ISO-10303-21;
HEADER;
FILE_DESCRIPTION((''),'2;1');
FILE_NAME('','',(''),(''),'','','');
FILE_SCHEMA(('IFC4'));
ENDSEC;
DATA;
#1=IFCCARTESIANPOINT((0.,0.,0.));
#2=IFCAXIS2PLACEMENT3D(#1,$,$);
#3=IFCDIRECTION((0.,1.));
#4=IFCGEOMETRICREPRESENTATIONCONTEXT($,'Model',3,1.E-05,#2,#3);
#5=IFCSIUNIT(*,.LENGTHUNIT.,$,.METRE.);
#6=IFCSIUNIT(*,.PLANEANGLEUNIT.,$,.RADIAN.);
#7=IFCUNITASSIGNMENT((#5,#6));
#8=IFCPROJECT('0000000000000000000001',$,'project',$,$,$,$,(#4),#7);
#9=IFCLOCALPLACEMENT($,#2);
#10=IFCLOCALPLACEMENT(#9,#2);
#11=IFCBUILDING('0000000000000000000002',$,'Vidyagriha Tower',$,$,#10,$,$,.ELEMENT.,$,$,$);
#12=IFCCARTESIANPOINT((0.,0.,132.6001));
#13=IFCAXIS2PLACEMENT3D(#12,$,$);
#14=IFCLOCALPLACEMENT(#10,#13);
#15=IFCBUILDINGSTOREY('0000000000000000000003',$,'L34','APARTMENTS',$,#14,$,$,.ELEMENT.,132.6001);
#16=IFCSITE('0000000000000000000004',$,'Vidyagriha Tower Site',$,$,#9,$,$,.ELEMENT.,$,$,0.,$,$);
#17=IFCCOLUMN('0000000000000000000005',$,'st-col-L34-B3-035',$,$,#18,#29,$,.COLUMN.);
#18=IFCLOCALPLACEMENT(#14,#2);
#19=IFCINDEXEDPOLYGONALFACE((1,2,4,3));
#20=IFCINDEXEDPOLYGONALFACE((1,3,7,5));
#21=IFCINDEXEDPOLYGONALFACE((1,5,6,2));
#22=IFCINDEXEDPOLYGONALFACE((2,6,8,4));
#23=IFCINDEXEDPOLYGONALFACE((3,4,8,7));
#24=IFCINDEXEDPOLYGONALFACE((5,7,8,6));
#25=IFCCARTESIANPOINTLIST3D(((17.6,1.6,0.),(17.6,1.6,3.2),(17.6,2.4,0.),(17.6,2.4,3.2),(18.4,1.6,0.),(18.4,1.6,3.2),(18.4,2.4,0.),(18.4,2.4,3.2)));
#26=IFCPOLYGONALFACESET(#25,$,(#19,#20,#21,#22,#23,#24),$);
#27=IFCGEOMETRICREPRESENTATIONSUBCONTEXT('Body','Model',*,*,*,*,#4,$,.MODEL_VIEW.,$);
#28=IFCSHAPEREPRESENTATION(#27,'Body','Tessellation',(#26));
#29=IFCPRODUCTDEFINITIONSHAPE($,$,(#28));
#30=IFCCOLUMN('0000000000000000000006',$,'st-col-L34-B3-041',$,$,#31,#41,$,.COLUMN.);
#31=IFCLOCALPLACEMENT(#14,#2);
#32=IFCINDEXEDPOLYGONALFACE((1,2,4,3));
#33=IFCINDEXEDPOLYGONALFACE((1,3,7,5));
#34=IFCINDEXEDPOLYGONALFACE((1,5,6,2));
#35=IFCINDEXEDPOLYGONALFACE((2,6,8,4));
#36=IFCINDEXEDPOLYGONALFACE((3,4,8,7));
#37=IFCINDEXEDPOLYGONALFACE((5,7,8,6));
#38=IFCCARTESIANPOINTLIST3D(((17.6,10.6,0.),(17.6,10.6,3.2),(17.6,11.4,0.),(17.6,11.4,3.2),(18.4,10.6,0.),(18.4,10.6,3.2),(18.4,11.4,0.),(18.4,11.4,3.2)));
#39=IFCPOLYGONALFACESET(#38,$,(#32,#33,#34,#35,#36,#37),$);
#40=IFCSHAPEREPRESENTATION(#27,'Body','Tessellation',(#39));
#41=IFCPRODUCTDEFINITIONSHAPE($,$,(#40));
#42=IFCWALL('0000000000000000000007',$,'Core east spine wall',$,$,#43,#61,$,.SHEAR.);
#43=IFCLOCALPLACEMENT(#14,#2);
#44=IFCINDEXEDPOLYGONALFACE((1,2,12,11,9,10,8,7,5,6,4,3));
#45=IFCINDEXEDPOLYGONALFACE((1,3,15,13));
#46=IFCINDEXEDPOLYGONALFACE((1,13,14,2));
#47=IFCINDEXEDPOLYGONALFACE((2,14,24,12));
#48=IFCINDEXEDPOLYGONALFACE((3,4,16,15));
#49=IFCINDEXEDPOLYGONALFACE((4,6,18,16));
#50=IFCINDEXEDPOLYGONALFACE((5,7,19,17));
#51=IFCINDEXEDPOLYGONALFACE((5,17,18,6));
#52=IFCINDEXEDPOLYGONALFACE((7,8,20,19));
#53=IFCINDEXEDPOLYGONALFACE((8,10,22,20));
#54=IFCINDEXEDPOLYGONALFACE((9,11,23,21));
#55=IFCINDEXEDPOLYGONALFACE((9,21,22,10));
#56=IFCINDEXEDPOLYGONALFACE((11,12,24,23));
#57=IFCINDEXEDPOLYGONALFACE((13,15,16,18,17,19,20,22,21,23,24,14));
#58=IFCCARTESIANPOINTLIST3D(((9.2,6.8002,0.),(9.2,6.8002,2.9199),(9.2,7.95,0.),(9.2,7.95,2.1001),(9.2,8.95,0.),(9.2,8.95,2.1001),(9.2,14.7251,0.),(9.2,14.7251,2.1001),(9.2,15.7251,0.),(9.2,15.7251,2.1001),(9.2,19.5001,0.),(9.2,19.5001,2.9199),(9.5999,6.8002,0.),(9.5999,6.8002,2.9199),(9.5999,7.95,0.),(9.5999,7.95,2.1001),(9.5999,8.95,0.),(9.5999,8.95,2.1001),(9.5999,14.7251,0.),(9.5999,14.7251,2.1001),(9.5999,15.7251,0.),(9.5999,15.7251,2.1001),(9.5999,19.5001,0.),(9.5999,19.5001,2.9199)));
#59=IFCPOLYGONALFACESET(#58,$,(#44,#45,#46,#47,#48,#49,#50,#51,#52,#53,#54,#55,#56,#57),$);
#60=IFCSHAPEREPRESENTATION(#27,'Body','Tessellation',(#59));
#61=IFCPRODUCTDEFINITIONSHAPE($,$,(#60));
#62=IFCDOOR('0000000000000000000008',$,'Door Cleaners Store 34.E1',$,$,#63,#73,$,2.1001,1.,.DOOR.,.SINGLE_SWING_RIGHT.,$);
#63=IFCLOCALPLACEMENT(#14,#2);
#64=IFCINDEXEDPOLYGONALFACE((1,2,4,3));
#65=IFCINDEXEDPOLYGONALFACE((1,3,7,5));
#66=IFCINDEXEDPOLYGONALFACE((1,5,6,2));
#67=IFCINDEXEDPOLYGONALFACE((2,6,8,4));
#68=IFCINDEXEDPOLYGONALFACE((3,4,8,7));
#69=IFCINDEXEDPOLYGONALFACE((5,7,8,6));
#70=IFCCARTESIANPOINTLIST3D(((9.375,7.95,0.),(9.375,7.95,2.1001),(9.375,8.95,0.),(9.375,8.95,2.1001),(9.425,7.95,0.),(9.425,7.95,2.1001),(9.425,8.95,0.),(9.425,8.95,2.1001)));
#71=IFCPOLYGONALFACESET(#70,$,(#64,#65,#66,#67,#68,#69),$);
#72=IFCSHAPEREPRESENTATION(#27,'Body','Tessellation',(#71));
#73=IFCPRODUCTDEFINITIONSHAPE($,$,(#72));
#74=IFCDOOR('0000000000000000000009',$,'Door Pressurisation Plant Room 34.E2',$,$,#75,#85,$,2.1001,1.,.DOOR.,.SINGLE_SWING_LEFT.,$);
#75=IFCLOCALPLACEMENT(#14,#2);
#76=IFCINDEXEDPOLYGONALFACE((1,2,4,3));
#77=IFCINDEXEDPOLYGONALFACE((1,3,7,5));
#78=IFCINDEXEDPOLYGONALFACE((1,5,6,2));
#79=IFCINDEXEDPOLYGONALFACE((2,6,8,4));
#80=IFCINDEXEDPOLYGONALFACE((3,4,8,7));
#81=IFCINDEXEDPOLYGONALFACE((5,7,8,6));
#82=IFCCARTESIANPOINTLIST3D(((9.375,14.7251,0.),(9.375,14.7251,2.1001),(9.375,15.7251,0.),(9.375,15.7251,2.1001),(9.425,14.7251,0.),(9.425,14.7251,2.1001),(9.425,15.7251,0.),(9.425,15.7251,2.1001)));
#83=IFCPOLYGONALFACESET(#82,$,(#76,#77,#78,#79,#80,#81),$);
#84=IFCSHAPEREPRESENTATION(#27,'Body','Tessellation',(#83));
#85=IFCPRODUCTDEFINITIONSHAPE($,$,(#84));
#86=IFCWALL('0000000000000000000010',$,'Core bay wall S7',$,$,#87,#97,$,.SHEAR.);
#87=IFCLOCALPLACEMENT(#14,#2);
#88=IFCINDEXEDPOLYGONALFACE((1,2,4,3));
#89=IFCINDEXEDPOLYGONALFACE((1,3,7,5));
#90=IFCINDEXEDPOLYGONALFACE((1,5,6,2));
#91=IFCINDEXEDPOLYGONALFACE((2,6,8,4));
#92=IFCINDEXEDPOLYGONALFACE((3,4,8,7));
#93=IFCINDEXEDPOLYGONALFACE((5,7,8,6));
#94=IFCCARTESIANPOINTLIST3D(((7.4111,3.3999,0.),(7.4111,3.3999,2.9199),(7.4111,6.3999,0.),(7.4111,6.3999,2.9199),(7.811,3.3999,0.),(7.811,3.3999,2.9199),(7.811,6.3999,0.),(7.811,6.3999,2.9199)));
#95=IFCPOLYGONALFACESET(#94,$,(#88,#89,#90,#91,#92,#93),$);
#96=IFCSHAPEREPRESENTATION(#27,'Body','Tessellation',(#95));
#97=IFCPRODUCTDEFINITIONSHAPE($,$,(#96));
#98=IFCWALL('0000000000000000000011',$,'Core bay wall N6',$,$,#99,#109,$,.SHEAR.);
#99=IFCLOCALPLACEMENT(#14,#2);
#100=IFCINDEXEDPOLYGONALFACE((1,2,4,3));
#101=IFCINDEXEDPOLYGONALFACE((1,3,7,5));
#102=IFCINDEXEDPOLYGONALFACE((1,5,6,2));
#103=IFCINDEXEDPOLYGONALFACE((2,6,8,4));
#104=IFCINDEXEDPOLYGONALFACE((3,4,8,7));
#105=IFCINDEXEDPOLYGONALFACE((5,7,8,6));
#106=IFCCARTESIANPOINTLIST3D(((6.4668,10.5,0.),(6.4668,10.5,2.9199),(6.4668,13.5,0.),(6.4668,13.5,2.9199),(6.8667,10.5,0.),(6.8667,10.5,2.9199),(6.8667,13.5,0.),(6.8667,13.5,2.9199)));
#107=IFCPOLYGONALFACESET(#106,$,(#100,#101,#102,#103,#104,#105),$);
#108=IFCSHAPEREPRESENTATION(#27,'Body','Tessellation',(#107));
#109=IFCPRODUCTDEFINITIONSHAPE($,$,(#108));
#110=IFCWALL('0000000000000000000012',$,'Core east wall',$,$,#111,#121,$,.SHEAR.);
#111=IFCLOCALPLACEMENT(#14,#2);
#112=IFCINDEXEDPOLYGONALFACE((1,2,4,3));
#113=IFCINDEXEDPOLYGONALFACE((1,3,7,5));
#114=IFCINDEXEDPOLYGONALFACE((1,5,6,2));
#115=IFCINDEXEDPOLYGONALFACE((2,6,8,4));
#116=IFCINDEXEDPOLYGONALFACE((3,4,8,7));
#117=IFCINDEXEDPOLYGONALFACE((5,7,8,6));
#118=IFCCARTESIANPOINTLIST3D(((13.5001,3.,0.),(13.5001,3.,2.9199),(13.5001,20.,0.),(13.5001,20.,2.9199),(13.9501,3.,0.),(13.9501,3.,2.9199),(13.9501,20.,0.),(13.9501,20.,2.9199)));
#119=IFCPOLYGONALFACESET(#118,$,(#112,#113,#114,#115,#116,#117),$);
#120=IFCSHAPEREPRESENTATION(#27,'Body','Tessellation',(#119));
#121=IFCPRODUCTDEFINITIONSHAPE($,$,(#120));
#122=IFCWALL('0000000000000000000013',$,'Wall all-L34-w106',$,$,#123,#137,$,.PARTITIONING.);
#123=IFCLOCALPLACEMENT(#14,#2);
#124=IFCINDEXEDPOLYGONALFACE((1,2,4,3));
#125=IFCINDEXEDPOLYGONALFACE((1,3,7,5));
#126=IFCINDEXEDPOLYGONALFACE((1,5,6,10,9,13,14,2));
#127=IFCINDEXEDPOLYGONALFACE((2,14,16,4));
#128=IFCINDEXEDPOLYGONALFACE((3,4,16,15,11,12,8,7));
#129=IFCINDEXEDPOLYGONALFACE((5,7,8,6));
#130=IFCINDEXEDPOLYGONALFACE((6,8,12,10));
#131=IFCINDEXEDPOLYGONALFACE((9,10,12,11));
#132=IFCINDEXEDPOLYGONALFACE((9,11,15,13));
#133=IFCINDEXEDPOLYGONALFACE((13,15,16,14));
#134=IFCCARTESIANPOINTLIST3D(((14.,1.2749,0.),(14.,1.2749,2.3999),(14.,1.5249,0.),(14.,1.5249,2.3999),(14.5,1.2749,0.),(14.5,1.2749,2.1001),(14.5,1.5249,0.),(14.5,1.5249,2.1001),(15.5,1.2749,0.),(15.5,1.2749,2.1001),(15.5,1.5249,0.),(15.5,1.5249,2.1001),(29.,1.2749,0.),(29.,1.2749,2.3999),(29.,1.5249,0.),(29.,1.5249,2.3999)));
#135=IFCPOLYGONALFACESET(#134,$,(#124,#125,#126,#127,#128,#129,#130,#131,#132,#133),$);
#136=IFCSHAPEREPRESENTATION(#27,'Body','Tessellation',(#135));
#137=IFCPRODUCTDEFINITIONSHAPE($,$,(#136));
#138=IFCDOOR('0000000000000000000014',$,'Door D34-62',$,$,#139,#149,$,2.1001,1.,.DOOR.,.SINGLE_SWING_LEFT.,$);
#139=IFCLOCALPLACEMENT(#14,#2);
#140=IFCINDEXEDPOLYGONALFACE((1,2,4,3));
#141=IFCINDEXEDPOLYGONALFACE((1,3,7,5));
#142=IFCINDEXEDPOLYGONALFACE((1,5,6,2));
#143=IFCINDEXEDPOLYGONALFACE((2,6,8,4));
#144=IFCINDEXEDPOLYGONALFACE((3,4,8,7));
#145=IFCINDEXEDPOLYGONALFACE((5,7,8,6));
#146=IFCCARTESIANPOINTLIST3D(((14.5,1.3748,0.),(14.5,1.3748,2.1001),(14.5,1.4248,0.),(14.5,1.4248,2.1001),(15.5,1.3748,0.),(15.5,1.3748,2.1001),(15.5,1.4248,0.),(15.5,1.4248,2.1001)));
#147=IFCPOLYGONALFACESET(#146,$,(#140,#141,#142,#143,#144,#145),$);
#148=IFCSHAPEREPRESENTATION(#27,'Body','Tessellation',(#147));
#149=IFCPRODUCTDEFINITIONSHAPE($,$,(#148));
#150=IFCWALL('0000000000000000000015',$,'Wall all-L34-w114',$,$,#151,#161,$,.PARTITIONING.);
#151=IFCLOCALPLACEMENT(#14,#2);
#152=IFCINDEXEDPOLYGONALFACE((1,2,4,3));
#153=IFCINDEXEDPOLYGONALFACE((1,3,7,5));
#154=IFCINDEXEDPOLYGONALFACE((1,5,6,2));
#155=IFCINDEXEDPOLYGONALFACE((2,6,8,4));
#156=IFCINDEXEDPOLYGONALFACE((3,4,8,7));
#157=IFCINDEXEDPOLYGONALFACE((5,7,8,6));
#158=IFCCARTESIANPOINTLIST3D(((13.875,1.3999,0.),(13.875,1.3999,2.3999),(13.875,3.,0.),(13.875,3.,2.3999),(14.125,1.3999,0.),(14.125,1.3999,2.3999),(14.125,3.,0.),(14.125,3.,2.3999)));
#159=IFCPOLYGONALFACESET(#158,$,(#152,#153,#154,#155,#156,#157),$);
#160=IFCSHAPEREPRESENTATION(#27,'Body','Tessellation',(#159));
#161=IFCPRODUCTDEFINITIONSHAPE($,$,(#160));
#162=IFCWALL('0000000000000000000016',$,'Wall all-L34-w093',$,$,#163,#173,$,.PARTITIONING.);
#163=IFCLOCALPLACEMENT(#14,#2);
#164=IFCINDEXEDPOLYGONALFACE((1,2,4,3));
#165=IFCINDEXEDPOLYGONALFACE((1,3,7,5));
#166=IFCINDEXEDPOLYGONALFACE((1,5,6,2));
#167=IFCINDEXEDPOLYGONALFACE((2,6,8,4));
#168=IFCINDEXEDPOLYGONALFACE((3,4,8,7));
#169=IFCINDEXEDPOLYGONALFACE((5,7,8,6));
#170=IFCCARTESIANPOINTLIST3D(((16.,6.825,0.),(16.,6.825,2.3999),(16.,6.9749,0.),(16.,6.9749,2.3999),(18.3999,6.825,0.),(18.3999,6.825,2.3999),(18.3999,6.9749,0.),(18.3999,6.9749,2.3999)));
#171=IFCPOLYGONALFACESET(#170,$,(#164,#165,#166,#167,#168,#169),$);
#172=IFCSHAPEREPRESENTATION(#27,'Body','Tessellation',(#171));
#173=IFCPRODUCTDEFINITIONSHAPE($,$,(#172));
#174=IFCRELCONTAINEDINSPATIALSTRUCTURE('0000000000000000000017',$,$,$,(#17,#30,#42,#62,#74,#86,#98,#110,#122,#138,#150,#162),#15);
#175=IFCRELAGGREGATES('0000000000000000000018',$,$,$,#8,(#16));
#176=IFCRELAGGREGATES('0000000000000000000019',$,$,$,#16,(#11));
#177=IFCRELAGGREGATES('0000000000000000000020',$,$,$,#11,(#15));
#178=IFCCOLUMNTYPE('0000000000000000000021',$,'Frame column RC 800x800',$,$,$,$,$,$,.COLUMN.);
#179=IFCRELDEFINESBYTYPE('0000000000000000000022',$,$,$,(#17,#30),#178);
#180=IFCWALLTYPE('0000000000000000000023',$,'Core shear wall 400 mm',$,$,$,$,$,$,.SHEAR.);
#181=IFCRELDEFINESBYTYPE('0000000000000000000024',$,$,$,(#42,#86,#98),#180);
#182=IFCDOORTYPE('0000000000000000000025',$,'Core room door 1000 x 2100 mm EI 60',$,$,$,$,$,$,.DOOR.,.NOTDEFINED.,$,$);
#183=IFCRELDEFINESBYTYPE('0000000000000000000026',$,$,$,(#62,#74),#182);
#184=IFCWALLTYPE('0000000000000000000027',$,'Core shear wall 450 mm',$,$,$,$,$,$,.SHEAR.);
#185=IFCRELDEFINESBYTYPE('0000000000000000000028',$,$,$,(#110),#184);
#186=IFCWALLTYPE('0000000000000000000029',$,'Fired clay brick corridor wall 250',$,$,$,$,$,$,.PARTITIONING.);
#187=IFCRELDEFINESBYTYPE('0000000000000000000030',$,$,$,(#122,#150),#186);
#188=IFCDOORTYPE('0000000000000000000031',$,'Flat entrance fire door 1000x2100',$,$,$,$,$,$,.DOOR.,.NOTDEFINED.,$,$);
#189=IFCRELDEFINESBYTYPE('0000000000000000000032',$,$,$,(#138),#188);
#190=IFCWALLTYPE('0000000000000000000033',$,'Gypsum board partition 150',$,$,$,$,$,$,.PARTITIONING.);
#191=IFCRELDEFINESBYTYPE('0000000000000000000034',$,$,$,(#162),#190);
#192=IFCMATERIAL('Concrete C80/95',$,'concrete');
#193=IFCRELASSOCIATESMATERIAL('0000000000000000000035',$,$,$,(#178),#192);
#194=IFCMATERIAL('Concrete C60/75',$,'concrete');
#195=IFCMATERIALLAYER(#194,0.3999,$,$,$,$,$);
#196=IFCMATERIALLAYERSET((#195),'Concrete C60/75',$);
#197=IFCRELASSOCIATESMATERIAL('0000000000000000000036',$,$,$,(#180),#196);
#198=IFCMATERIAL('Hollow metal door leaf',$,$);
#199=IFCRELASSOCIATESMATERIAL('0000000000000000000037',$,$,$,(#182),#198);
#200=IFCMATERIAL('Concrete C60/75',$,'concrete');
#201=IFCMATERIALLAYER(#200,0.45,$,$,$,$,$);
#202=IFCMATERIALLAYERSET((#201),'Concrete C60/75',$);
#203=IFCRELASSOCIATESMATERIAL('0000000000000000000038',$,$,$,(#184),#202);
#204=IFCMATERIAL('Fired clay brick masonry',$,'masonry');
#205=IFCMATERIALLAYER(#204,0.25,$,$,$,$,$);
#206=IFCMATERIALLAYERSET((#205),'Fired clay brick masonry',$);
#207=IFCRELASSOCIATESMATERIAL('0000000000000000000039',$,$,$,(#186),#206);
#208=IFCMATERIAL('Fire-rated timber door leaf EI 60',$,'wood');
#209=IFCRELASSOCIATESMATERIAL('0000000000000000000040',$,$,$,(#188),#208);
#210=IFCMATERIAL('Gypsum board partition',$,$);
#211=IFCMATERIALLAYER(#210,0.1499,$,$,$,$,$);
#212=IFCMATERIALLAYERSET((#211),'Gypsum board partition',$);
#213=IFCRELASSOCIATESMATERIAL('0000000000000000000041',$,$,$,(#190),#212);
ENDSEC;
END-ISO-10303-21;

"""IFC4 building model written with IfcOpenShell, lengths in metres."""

from ifc_helpers import new_model, si_unit, direction, frame, frame_2d, origin, origin_2d, place, context, subcontext, project, spatial, rectangle, extrude, material, layer, layer_set, material_profile, profile_set, type_object, element, fill, save


model = new_model("IFC4")

# Units and contexts
model_context = context("Model", 3, precision=1e-05, world=origin(), true_north=direction((0.0, 1.0)))
body_context = subcontext(model_context, "Body", "Model", "MODEL_VIEW")
ifc_project = project(units=[si_unit("LENGTHUNIT", "METRE"), si_unit("PLANEANGLEUNIT", "RADIAN")], contexts=[model_context])

# Site, building, storey
site_placement = place(None, origin())
site = spatial("IfcSite", under=ifc_project, at=site_placement, Name="Vidyagriha Tower Site", CompositionType="ELEMENT", RefElevation=0.0)
building_placement = place(site_placement, origin())
building = spatial("IfcBuilding", under=site, at=building_placement, Name="Vidyagriha Tower", CompositionType="ELEMENT")
storey_placement = place(building_placement, frame((0.0, 0.0, 132.6001)))
storey = spatial("IfcBuildingStorey", under=building, at=storey_placement, Name="L34", Description="APARTMENTS", CompositionType="ELEMENT", Elevation=132.6001)

# Columns
ifc_material_1 = material(Name="Concrete C80/95", Category="concrete")
ifc_material_profile = material_profile(ifc_material_1, rectangle(XDim=0.8, YDim=0.8, at=origin_2d()), Name="RC 800x800")
ifc_profile_set = profile_set([ifc_material_profile], Name="Concrete C80/95")
column_type = type_object("IfcColumnType", Name="Frame column RC 800x800", PredefinedType="COLUMN", material=ifc_profile_set)
for number, where, name in (
    (1, (18.0, 2.0, 0.0), "st-col-L34-B3-035"),
    (2, (18.0, 11.0, 0.0), "st-col-L34-B3-041"),
):
    element("IfcColumn", number, at=place(storey_placement, frame(where)), inside=storey, type_object=column_type, Name=name, PredefinedType="COLUMN", context=body_context, shape_type="SweptSolid", body=[
        extrude(rectangle(XDim=0.8, YDim=0.8, at=origin_2d()), origin(), (0.0, 0.0, 1.0), 3.2),
    ])

# Wall, openings, doors
ifc_material_2 = material(Name="Concrete C60/75", Category="concrete")
ifc_layer_1 = layer(ifc_material_2, 0.3999)
ifc_layer_set_1 = layer_set([ifc_layer_1], Name="Concrete C60/75")
wall_type_1 = type_object("IfcWallType", Name="Core shear wall 400 mm", PredefinedType="SHEAR", material=ifc_layer_set_1)
wall_1_placement = place(storey_placement, frame((9.3999, 6.8, 0.0), z_axis=(0.0, 0.0, 1.0), x_axis=(0.0, 1.0, 0.0)))
wall_1 = element("IfcWall", 3, at=wall_1_placement, inside=storey, type_object=wall_type_1, Name="Core east spine wall", PredefinedType="SHEAR", context=body_context, shape_type="SweptSolid", body=[
    extrude(rectangle(XDim=12.7, YDim=0.3999, at=frame_2d((6.3501, 0.0))), origin(), (0.0, 0.0, 1.0), 2.9199),
])
opening_1_placement = place(wall_1_placement, frame((1.1499, 0.0, 0.0)))
opening_1 = element("IfcOpeningElement", 4, at=opening_1_placement, cuts=wall_1, PredefinedType="OPENING", context=body_context, shape_type="SweptSolid", body=[
    extrude(rectangle(XDim=1.0, YDim=2.1001, at=frame_2d((0.5, 1.05))), frame((0.0, 0.21, 0.0), z_axis=(0.0, -1.0, 0.0), x_axis=(1.0, 0.0, 0.0)), (0.0, 0.0, 1.0), 0.4199),
])
opening_2_placement = place(wall_1_placement, frame((7.925, 0.0, 0.0)))
opening_2 = element("IfcOpeningElement", 5, at=opening_2_placement, cuts=wall_1, PredefinedType="OPENING", context=body_context, shape_type="SweptSolid", body=[
    extrude(rectangle(XDim=1.0, YDim=2.1001, at=frame_2d((0.5, 1.05))), frame((0.0, 0.21, 0.0), z_axis=(0.0, -1.0, 0.0), x_axis=(1.0, 0.0, 0.0)), (0.0, 0.0, 1.0), 0.4199),
])
ifc_material_3 = material(Name="Hollow metal door leaf")
door_type_1 = type_object("IfcDoorType", Name="Core room door 1000 x 2100 mm EI 60", OperationType="NOTDEFINED", PredefinedType="DOOR", material=ifc_material_3)
door_1_placement = place(opening_1_placement, origin())
door_1 = element("IfcDoor", 6, at=door_1_placement, inside=storey, type_object=door_type_1, Name="Door Cleaners Store 34.E1", OperationType="SINGLE_SWING_RIGHT", OverallHeight=2.1001, OverallWidth=1.0, PredefinedType="DOOR", context=body_context, shape_type="SweptSolid", body=[
    extrude(rectangle(XDim=1.0, YDim=2.1001, at=frame_2d((0.5, 1.05))), frame((0.0, 0.0249, 0.0), z_axis=(0.0, -1.0, 0.0), x_axis=(1.0, 0.0, 0.0)), (0.0, 0.0, 1.0), 0.05),
])
fill(opening_1, door_1)
door_2_placement = place(opening_2_placement, origin())
door_2 = element("IfcDoor", 7, at=door_2_placement, inside=storey, type_object=door_type_1, Name="Door Pressurisation Plant Room 34.E2", OperationType="SINGLE_SWING_LEFT", OverallHeight=2.1001, OverallWidth=1.0, PredefinedType="DOOR", context=body_context, shape_type="SweptSolid", body=[
    extrude(rectangle(XDim=1.0, YDim=2.1001, at=frame_2d((0.5, 1.05))), frame((0.0, 0.0249, 0.0), z_axis=(0.0, -1.0, 0.0), x_axis=(1.0, 0.0, 0.0)), (0.0, 0.0, 1.0), 0.05),
])
fill(opening_2, door_2)

# Walls
for number, where, z_axis, x_axis, name in (
    (8, (7.6111, 3.3999, 0.0), (0.0, 0.0, 1.0), (0.0, 1.0, 0.0), "Core bay wall S7"),
    (9, (6.6667, 10.5, 0.0), (0.0, 0.0, 1.0), (0.0, 1.0, 0.0), "Core bay wall N6"),
):
    element("IfcWall", number, at=place(storey_placement, frame(where, z_axis=z_axis, x_axis=x_axis)), inside=storey, type_object=wall_type_1, Name=name, PredefinedType="SHEAR", context=body_context, shape_type="SweptSolid", body=[
        extrude(rectangle(XDim=3.0, YDim=0.3999, at=frame_2d((1.5, 0.0))), origin(), (0.0, 0.0, 1.0), 2.9199),
    ])
ifc_material_4 = material(Name="Concrete C60/75", Category="concrete")
ifc_layer_2 = layer(ifc_material_4, 0.45)
ifc_layer_set_2 = layer_set([ifc_layer_2], Name="Concrete C60/75")
wall_type_2 = type_object("IfcWallType", Name="Core shear wall 450 mm", PredefinedType="SHEAR", material=ifc_layer_set_2)
wall_2_placement = place(storey_placement, frame((13.7251, 3.0, 0.0), z_axis=(0.0, 0.0, 1.0), x_axis=(0.0, 1.0, 0.0)))
element("IfcWall", 10, at=wall_2_placement, inside=storey, type_object=wall_type_2, Name="Core east wall", PredefinedType="SHEAR", context=body_context, shape_type="SweptSolid", body=[
    extrude(rectangle(XDim=17.0, YDim=0.45, at=frame_2d((8.5, 0.0))), origin(), (0.0, 0.0, 1.0), 2.9199),
])

# Wall, opening, door
ifc_material_5 = material(Name="Fired clay brick masonry", Category="masonry")
ifc_layer_3 = layer(ifc_material_5, 0.25)
ifc_layer_set_3 = layer_set([ifc_layer_3], Name="Fired clay brick masonry")
wall_type_3 = type_object("IfcWallType", Name="Fired clay brick corridor wall 250", PredefinedType="PARTITIONING", material=ifc_layer_set_3)
wall_3_placement = place(storey_placement, frame((14.0, 1.3999, 0.0)))
wall_3 = element("IfcWall", 11, at=wall_3_placement, inside=storey, type_object=wall_type_3, Name="Wall all-L34-w106", PredefinedType="PARTITIONING", context=body_context, shape_type="SweptSolid", body=[
    extrude(rectangle(XDim=15.0, YDim=0.25, at=frame_2d((7.5, 0.0))), origin(), (0.0, 0.0, 1.0), 2.3999),
])
opening_3_placement = place(wall_3_placement, frame((0.5, 0.0, 0.0)))
opening_3 = element("IfcOpeningElement", 12, at=opening_3_placement, cuts=wall_3, PredefinedType="OPENING", context=body_context, shape_type="SweptSolid", body=[
    extrude(rectangle(XDim=1.0, YDim=2.1001, at=frame_2d((0.5, 1.05))), frame((0.0, 0.135, 0.0), z_axis=(0.0, -1.0, 0.0), x_axis=(1.0, 0.0, 0.0)), (0.0, 0.0, 1.0), 0.27),
])
ifc_material_6 = material(Name="Fire-rated timber door leaf EI 60", Category="wood")
door_type_2 = type_object("IfcDoorType", Name="Flat entrance fire door 1000x2100", OperationType="NOTDEFINED", PredefinedType="DOOR", material=ifc_material_6)
door_3_placement = place(opening_3_placement, origin())
door_3 = element("IfcDoor", 13, at=door_3_placement, inside=storey, type_object=door_type_2, Name="Door D34-62", OperationType="SINGLE_SWING_LEFT", OverallHeight=2.1001, OverallWidth=1.0, PredefinedType="DOOR", context=body_context, shape_type="SweptSolid", body=[
    extrude(rectangle(XDim=1.0, YDim=2.1001, at=frame_2d((0.5, 1.05))), frame((0.0, 0.0249, 0.0), z_axis=(0.0, -1.0, 0.0), x_axis=(1.0, 0.0, 0.0)), (0.0, 0.0, 1.0), 0.05),
])
fill(opening_3, door_3)

# Walls
wall_4_placement = place(storey_placement, frame((14.0, 1.3999, 0.0), z_axis=(0.0, 0.0, 1.0), x_axis=(0.0, 1.0, 0.0)))
element("IfcWall", 14, at=wall_4_placement, inside=storey, type_object=wall_type_3, Name="Wall all-L34-w114", PredefinedType="PARTITIONING", context=body_context, shape_type="SweptSolid", body=[
    extrude(rectangle(XDim=1.6001, YDim=0.25, at=frame_2d((0.8, 0.0))), origin(), (0.0, 0.0, 1.0), 2.3999),
])
ifc_material_7 = material(Name="Gypsum board partition")
ifc_layer_4 = layer(ifc_material_7, 0.1499)
ifc_layer_set_4 = layer_set([ifc_layer_4], Name="Gypsum board partition")
wall_type_4 = type_object("IfcWallType", Name="Gypsum board partition 150", PredefinedType="PARTITIONING", material=ifc_layer_set_4)
wall_5_placement = place(storey_placement, frame((16.0, 6.8999, 0.0)))
element("IfcWall", 15, at=wall_5_placement, inside=storey, type_object=wall_type_4, Name="Wall all-L34-w093", PredefinedType="PARTITIONING", context=body_context, shape_type="SweptSolid", body=[
    extrude(rectangle(XDim=2.3999, YDim=0.1499, at=frame_2d((1.2, 0.0))), origin(), (0.0, 0.0, 1.0), 2.3999),
])

save(model, "model.ifc")
